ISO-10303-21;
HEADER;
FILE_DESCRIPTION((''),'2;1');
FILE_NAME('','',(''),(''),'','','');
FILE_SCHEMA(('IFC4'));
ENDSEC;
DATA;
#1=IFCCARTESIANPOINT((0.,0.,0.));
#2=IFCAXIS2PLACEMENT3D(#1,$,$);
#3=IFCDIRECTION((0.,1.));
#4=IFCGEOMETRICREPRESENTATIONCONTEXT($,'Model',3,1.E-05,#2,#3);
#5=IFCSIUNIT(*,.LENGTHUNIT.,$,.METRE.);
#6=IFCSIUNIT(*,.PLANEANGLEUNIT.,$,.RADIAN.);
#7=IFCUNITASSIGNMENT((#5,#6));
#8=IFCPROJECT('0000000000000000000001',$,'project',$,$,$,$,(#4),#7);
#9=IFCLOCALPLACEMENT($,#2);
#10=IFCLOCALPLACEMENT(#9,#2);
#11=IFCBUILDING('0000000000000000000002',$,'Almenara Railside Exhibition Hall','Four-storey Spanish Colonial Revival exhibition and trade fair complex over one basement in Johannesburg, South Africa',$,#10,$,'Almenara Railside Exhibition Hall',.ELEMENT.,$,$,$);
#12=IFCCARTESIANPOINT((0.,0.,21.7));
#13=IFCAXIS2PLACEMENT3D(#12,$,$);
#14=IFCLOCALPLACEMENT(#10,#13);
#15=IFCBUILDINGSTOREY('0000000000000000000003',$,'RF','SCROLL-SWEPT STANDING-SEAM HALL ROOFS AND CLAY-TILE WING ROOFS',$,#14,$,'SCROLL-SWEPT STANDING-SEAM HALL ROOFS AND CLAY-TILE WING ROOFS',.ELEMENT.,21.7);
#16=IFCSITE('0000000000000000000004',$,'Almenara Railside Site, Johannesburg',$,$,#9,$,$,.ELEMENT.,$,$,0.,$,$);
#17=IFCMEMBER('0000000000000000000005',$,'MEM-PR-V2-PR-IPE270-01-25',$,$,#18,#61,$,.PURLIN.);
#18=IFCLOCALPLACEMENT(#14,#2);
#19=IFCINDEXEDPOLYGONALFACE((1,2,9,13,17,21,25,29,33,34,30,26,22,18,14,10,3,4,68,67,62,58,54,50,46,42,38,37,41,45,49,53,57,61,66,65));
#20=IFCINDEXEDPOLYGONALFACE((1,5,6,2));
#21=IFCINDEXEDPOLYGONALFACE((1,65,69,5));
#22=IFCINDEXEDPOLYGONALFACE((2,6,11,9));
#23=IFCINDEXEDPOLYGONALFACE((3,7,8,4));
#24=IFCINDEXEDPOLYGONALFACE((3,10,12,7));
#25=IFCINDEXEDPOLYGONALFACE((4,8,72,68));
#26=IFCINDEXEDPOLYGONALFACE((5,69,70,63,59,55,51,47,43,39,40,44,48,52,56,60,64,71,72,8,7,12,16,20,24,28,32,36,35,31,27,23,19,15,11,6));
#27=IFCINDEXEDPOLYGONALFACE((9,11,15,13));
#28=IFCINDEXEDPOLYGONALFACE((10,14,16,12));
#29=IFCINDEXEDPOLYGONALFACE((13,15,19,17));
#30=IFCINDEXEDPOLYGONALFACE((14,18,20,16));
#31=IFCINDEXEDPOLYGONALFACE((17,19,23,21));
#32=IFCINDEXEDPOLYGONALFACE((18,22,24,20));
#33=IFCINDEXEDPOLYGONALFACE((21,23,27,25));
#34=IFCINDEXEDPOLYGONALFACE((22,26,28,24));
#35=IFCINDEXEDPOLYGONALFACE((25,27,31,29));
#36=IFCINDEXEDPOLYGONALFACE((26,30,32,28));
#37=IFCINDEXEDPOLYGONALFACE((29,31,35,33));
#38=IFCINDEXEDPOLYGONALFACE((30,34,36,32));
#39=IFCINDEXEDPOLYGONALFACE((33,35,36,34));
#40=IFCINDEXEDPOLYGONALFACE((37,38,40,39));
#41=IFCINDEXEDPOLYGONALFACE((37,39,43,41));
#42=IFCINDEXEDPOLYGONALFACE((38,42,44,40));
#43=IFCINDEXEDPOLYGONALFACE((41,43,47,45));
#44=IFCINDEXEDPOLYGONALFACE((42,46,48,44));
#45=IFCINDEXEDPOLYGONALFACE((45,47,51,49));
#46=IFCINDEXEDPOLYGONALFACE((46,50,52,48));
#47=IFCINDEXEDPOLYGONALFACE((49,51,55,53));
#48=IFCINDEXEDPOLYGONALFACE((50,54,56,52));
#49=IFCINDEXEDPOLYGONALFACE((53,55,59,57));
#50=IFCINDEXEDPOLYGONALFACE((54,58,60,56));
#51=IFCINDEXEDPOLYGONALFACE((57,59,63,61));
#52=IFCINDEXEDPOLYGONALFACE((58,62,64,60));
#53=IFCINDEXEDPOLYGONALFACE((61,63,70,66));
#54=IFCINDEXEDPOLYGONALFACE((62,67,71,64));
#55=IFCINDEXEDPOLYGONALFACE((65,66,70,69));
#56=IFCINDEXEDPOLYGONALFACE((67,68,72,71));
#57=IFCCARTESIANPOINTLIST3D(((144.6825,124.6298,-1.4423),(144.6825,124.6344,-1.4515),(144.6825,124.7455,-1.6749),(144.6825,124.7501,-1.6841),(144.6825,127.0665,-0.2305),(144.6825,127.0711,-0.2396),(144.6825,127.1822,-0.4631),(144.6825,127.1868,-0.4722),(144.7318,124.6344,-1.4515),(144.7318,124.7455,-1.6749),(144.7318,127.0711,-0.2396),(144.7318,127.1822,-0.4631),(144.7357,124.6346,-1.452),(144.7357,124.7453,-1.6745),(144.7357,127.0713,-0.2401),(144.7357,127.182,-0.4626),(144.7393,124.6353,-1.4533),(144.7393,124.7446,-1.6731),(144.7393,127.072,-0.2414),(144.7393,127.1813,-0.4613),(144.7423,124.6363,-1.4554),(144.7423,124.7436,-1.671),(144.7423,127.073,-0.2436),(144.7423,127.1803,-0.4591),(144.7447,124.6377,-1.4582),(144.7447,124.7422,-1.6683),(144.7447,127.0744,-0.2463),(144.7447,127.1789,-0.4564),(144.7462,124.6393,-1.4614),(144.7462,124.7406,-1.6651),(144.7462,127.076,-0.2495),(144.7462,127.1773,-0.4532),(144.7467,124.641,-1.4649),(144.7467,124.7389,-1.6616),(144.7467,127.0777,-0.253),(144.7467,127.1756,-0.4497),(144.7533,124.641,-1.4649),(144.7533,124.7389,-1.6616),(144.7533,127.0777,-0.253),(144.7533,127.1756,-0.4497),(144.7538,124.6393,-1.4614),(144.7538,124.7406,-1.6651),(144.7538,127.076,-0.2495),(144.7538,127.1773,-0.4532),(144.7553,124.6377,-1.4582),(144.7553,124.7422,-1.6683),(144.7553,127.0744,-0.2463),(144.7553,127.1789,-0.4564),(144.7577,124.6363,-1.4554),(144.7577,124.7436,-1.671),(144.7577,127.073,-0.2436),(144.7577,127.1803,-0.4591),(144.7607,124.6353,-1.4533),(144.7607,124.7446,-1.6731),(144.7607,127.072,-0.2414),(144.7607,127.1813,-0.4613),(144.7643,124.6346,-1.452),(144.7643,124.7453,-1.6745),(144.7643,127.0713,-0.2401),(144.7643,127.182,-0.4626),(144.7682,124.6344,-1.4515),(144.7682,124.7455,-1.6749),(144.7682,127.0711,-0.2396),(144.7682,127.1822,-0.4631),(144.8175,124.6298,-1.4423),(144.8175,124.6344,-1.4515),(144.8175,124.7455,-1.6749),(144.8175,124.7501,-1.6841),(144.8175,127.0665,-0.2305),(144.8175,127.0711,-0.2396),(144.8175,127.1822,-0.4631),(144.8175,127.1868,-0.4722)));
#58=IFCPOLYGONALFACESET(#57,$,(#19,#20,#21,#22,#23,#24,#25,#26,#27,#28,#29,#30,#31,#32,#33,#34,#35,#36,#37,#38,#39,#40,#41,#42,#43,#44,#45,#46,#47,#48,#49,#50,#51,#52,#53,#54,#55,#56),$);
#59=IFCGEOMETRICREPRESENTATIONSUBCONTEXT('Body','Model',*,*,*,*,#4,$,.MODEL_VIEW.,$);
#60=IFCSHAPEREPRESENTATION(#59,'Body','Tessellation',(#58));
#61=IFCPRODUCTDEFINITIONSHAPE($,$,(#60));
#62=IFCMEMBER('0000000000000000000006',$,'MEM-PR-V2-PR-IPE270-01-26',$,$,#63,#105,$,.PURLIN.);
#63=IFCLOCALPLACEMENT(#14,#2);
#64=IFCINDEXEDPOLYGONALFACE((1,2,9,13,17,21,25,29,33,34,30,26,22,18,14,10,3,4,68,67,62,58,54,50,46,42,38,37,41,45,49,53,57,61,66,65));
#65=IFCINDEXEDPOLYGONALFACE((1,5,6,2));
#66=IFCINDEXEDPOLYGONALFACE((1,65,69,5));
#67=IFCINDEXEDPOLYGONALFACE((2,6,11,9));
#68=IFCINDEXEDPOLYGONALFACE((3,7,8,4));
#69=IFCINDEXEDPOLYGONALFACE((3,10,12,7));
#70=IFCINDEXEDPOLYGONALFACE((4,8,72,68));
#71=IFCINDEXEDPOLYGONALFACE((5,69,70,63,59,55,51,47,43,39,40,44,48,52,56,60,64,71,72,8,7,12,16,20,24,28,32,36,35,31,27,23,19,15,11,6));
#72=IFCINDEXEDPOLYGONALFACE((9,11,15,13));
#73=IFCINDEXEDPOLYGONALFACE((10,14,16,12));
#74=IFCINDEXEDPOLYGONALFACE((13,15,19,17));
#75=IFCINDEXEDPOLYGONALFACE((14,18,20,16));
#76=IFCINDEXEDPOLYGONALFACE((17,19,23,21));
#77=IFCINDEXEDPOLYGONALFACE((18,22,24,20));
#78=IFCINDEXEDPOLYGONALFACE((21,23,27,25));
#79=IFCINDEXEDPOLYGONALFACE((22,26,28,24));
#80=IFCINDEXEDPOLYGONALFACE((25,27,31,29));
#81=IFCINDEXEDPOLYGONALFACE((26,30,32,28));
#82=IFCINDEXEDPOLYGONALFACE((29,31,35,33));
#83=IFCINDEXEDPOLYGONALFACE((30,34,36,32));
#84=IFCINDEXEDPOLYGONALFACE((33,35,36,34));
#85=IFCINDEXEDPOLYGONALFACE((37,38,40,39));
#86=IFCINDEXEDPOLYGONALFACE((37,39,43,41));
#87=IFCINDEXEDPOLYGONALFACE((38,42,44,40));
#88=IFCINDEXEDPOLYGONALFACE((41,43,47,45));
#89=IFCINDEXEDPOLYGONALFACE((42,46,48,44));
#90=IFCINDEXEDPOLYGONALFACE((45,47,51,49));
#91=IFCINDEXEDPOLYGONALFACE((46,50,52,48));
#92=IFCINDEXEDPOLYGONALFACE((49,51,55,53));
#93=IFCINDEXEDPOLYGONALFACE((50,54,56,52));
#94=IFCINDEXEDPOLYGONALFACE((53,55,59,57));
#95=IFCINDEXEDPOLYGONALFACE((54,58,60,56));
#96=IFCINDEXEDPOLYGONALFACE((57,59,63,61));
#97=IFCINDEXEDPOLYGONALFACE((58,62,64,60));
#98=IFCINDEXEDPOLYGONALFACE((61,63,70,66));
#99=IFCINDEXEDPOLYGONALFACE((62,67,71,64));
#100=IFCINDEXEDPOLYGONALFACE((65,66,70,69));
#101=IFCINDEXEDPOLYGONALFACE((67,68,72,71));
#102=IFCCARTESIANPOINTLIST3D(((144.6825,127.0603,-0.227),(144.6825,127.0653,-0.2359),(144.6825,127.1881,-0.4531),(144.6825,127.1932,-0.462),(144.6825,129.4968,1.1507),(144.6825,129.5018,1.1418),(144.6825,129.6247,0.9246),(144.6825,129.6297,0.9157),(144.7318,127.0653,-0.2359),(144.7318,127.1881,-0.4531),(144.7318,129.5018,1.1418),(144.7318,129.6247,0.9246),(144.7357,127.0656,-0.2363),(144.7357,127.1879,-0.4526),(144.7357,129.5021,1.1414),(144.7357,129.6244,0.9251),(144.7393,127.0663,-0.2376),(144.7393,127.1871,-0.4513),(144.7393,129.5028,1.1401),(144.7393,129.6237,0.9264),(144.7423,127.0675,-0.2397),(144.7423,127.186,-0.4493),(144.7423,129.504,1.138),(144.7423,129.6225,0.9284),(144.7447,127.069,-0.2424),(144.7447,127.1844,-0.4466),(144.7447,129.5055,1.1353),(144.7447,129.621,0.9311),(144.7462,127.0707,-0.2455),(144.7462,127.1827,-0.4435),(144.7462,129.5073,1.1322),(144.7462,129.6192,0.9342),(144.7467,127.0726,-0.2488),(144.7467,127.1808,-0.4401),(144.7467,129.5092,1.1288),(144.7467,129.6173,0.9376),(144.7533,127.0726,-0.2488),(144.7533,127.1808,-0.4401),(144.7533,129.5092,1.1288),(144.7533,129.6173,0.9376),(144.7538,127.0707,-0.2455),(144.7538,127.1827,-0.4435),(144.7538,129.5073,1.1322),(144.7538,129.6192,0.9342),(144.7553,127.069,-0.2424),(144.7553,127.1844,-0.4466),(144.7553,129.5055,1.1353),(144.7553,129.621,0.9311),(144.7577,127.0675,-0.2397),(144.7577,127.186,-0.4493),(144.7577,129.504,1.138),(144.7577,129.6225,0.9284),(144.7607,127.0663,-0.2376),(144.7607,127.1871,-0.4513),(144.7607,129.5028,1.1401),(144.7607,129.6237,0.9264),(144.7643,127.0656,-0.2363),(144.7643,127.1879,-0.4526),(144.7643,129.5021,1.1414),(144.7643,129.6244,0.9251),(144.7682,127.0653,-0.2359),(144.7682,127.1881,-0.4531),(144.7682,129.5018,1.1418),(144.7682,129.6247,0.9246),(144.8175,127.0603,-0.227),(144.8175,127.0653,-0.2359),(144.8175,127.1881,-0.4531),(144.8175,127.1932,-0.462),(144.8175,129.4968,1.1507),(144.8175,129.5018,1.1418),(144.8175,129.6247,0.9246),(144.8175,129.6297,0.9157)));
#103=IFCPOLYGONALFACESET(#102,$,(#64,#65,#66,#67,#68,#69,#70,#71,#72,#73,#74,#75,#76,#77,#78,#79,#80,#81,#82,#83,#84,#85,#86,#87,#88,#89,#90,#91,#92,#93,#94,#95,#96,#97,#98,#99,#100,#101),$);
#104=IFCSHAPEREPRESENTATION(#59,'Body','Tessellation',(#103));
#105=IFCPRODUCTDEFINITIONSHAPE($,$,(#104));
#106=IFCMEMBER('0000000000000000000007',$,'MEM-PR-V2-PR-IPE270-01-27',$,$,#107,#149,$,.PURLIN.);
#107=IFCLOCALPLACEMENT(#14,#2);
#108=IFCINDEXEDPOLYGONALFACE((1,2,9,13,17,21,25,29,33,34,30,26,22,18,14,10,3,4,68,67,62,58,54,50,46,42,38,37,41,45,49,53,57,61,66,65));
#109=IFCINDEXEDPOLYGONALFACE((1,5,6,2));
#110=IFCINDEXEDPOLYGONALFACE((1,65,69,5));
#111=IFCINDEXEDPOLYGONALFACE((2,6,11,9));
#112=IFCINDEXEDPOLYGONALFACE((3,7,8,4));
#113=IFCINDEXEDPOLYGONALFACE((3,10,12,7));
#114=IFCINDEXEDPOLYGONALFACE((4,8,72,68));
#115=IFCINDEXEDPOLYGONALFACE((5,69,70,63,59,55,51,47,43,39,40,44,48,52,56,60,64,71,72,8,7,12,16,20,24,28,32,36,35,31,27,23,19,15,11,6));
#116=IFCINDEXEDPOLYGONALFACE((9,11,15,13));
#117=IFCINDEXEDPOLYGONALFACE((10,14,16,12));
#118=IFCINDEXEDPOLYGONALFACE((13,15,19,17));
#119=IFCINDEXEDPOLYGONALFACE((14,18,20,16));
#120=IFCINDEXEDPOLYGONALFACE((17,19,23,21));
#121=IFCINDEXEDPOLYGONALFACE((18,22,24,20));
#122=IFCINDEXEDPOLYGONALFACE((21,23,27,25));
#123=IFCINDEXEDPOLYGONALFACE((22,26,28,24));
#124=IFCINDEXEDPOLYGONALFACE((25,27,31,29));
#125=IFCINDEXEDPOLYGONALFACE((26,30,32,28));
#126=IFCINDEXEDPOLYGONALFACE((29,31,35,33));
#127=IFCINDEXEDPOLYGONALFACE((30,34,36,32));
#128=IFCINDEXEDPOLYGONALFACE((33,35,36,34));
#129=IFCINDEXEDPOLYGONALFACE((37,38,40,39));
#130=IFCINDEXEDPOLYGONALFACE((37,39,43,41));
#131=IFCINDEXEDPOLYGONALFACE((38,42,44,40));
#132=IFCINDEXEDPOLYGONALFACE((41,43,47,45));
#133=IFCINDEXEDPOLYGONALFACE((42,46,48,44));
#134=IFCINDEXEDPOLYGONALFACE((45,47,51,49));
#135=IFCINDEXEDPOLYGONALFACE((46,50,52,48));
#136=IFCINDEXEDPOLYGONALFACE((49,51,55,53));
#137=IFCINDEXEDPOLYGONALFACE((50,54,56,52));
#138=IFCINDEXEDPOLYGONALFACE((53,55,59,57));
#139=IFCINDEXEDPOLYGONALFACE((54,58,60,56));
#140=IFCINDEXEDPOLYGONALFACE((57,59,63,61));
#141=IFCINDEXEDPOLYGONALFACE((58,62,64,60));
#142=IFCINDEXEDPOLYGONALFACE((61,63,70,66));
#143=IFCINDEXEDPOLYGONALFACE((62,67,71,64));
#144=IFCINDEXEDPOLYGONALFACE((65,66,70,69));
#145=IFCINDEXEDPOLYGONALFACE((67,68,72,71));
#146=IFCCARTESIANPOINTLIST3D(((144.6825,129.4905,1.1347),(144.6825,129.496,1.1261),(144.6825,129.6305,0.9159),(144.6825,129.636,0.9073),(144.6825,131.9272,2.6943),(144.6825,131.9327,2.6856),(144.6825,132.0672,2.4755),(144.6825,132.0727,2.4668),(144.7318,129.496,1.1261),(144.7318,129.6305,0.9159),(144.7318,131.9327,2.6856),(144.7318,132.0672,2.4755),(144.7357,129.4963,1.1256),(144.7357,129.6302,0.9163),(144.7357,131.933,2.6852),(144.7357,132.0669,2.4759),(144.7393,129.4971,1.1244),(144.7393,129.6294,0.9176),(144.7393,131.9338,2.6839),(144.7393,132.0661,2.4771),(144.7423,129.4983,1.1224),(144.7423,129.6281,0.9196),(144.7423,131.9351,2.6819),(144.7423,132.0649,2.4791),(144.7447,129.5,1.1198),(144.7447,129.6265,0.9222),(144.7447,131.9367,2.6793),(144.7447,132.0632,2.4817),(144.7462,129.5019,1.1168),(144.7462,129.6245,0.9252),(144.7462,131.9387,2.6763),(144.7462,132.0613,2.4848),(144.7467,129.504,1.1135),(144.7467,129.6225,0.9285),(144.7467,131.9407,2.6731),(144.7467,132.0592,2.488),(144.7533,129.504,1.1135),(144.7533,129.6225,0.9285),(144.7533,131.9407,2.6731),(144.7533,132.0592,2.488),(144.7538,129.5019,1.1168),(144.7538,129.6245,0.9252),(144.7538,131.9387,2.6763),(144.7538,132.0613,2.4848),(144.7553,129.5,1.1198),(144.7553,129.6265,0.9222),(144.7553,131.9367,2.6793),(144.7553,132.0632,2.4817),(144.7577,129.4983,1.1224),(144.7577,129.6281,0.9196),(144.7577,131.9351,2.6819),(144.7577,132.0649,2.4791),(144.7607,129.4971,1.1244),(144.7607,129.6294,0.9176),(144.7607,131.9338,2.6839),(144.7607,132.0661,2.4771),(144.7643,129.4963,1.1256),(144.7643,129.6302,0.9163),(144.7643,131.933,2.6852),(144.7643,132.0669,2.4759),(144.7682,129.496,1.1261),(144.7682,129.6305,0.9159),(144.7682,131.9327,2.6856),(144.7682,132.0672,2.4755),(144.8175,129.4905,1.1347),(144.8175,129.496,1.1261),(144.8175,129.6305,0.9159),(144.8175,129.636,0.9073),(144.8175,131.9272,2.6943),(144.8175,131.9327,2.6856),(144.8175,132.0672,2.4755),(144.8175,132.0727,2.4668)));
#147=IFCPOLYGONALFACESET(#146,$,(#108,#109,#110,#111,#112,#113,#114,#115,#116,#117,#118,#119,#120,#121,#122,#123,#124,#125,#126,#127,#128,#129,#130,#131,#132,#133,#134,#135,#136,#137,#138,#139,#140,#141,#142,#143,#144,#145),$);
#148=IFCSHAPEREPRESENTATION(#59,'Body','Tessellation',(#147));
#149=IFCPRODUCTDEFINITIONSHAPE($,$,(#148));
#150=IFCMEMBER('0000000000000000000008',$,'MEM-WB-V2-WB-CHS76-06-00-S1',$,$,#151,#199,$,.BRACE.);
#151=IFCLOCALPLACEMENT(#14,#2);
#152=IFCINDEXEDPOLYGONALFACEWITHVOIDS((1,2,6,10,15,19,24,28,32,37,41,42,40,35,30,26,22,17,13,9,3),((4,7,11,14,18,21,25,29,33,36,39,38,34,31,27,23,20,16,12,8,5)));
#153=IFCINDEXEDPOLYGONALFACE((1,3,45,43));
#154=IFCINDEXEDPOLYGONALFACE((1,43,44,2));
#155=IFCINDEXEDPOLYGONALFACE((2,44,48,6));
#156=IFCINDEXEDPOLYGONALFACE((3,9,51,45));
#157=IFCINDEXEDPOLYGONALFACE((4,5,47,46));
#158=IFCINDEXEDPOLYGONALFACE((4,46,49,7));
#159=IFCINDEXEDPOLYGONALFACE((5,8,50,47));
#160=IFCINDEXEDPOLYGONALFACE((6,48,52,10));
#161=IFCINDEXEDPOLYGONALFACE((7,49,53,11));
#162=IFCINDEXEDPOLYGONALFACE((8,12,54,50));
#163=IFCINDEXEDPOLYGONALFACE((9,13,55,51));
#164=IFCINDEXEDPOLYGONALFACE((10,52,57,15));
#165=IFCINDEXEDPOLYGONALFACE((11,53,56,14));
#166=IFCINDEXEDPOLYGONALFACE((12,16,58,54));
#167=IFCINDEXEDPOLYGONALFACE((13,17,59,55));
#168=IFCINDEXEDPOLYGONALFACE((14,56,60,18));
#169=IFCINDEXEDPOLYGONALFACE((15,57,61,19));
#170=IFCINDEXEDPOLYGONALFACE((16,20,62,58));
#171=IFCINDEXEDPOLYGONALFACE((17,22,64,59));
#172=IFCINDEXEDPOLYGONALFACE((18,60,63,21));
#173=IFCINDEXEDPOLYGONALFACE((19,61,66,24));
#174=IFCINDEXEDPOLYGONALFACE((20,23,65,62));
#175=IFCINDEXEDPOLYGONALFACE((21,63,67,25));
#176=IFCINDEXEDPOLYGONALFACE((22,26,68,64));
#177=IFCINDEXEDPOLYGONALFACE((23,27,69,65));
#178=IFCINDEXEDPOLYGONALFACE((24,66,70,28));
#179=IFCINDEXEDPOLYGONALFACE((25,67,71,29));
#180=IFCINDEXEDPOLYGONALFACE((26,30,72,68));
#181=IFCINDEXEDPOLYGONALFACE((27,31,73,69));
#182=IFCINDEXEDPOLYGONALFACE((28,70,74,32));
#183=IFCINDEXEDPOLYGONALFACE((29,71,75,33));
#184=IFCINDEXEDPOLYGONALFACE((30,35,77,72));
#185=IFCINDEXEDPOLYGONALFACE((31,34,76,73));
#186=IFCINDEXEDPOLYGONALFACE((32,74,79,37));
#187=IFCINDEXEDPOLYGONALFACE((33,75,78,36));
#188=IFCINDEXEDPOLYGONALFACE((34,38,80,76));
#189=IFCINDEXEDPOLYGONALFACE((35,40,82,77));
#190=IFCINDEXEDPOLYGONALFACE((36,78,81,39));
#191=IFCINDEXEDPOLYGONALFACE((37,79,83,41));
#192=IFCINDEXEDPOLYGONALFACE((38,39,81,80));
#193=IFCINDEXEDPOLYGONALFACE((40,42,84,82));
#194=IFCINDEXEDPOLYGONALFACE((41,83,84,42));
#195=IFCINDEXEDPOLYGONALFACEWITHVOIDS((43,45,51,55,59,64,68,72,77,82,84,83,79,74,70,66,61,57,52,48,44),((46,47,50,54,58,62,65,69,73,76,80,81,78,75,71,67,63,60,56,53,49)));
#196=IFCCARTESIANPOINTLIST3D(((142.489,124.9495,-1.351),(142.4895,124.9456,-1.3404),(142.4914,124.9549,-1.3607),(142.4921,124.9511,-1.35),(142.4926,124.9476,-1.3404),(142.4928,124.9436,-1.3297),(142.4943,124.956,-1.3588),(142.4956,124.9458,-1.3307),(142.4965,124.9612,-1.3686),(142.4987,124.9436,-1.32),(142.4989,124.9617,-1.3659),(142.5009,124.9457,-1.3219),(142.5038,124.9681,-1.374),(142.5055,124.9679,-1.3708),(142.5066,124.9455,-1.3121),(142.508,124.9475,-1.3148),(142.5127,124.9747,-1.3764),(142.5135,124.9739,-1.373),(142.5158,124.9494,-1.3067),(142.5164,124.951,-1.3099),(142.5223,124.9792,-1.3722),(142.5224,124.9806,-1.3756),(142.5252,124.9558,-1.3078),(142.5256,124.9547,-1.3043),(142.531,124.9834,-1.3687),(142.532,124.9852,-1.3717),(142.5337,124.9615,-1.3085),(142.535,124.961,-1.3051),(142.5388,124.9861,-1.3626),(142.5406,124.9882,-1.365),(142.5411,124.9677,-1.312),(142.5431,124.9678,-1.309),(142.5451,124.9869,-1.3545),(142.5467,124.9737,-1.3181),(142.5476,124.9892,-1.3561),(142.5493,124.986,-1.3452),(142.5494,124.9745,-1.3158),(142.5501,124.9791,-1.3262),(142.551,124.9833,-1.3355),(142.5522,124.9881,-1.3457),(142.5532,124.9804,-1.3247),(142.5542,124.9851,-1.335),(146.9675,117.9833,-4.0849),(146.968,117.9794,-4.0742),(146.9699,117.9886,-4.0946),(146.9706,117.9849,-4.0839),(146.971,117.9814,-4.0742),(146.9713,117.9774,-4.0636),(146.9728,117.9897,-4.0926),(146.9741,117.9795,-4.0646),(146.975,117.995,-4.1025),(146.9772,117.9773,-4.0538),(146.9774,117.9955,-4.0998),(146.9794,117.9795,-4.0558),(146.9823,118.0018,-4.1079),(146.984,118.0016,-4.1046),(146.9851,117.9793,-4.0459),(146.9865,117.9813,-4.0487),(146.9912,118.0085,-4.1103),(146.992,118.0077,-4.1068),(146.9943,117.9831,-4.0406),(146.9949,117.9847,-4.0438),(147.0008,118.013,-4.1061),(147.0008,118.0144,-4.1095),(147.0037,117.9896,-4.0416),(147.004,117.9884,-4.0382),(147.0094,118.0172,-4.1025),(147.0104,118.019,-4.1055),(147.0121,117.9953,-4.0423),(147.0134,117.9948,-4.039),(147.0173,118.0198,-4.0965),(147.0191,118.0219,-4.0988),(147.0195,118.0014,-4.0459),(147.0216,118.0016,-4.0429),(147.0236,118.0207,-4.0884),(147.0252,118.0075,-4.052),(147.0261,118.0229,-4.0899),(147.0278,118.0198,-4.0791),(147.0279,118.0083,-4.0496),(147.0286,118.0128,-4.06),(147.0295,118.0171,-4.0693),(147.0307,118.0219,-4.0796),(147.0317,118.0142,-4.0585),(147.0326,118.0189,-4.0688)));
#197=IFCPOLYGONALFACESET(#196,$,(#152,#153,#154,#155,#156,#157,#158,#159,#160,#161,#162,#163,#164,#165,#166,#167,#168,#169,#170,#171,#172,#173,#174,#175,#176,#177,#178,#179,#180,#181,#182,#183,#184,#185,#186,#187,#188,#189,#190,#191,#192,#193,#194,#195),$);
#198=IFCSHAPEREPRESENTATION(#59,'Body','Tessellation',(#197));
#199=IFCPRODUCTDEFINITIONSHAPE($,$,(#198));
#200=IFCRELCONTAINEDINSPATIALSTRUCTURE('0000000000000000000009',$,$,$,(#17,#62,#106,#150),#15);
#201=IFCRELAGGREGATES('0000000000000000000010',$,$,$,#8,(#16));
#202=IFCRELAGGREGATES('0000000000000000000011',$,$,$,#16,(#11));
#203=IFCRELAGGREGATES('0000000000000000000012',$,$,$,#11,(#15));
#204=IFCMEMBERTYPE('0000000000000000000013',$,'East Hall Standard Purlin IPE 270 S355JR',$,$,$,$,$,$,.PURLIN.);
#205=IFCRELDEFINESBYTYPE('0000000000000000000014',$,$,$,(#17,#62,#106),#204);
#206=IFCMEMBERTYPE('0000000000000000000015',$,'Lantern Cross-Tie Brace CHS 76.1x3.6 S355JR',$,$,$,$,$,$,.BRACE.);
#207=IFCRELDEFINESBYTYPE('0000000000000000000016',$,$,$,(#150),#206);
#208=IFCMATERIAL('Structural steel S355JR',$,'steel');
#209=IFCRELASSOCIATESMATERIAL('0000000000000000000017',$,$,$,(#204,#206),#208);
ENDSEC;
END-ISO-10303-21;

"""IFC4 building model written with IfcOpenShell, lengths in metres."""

from ifc_helpers import new_model, si_unit, direction, frame, origin, origin_2d, place, context, subcontext, project, spatial, hollow_circle, i_section, extrude, material, material_profile, profile_set, type_object, element, save


model = new_model("IFC4")

# Units and contexts
model_context = context("Model", 3, precision=1e-05, world=origin(), true_north=direction((0.0, 1.0)))
body_context = subcontext(model_context, "Body", "Model", "MODEL_VIEW")
ifc_project = project(units=[si_unit("LENGTHUNIT", "METRE"), si_unit("PLANEANGLEUNIT", "RADIAN")], contexts=[model_context])

# Site, building, storey
site_placement = place(None, origin())
site = spatial("IfcSite", under=ifc_project, at=site_placement, Name="Almenara Railside Site, Johannesburg", CompositionType="ELEMENT", RefElevation=0.0)
building_placement = place(site_placement, origin())
building = spatial("IfcBuilding", under=site, at=building_placement, Name="Almenara Railside Exhibition Hall", Description="Four-storey Spanish Colonial Revival exhibition and trade fair complex over one basement in Johannesburg, South Africa", LongName="Almenara Railside Exhibition Hall", CompositionType="ELEMENT")
storey_placement = place(building_placement, frame((0.0, 0.0, 21.7)))
storey = spatial("IfcBuildingStorey", under=building, at=storey_placement, Name="RF", Description="SCROLL-SWEPT STANDING-SEAM HALL ROOFS AND CLAY-TILE WING ROOFS", LongName="SCROLL-SWEPT STANDING-SEAM HALL ROOFS AND CLAY-TILE WING ROOFS", CompositionType="ELEMENT", Elevation=21.7)

# Shared definitions
ifc_material_1 = material(Name="Structural steel S355JR", Category="steel")

# Members
ifc_material_profile_1 = material_profile(ifc_material_1, i_section(OverallWidth=0.135, OverallDepth=0.27, WebThickness=0.0066, FlangeThickness=0.0103, FilletRadius=0.0149, at=origin_2d()), Name="IPE 270")
ifc_profile_set_1 = profile_set([ifc_material_profile_1], Name="Structural steel S355JR")
member_type_1 = type_object("IfcMemberType", Name="East Hall Standard Purlin IPE 270 S355JR", PredefinedType="PURLIN", material=ifc_profile_set_1)
member_1_placement = place(storey_placement, frame((144.75, 124.6899, -1.5632), z_axis=(0.0, 0.895376, 0.445311), x_axis=(-1.0, 0.0, 0.0)))
element("IfcMember", 1, at=member_1_placement, inside=storey, type_object=member_type_1, Name="MEM-PR-V2-PR-IPE270-01-25", PredefinedType="PURLIN", context=body_context, shape_type="SweptSolid", body=[
    extrude(i_section(OverallWidth=0.135, OverallDepth=0.27, WebThickness=0.0066, FlangeThickness=0.0103, FilletRadius=0.0149, at=origin_2d()), origin(), (0.0, 0.0, 1.0), 2.7214),
])
member_2_placement = place(storey_placement, frame((144.75, 127.1267, -0.3445), z_axis=(0.0, 0.870483, 0.492198), x_axis=(-1.0, 0.0, 0.0)))
element("IfcMember", 2, at=member_2_placement, inside=storey, type_object=member_type_1, Name="MEM-PR-V2-PR-IPE270-01-26", PredefinedType="PURLIN", context=body_context, shape_type="SweptSolid", body=[
    extrude(i_section(OverallWidth=0.135, OverallDepth=0.27, WebThickness=0.0066, FlangeThickness=0.0103, FilletRadius=0.0149, at=origin_2d()), origin(), (0.0, 0.0, 1.0), 2.7991),
])
member_3_placement = place(storey_placement, frame((144.75, 129.5632, 1.021), z_axis=(0.0, 0.842265, 0.539063), x_axis=(-1.0, 0.0, 0.0)))
element("IfcMember", 3, at=member_3_placement, inside=storey, type_object=member_type_1, Name="MEM-PR-V2-PR-IPE270-01-27", PredefinedType="PURLIN", context=body_context, shape_type="SweptSolid", body=[
    extrude(i_section(OverallWidth=0.135, OverallDepth=0.27, WebThickness=0.0066, FlangeThickness=0.0103, FilletRadius=0.0149, at=origin_2d()), origin(), (0.0, 0.0, 1.0), 2.8931),
])
ifc_material_profile_2 = material_profile(ifc_material_1, hollow_circle(Radius=0.0381, WallThickness=0.0037, at=origin_2d()), Name="CHS 76.1x3.6")
ifc_profile_set_2 = profile_set([ifc_material_profile_2], Name="Structural steel S355JR")
member_type_2 = type_object("IfcMemberType", Name="Lantern Cross-Tie Brace CHS 76.1x3.6 S355JR", PredefinedType="BRACE", material=ifc_profile_set_2)
member_4_placement = place(storey_placement, frame((147.0, 118.0, -4.0742), z_axis=(-0.513516, 0.798772, 0.313473), x_axis=(-0.841169, -0.540772, 0.0)))
element("IfcMember", 4, at=member_4_placement, inside=storey, type_object=member_type_2, Name="MEM-WB-V2-WB-CHS76-06-00-S1", PredefinedType="BRACE", context=body_context, shape_type="SweptSolid", body=[
    extrude(hollow_circle(Radius=0.0381, WallThickness=0.0037, at=origin_2d()), origin(), (0.0, 0.0, 1.0), 8.7212),
])

save(model, "model.ifc")
